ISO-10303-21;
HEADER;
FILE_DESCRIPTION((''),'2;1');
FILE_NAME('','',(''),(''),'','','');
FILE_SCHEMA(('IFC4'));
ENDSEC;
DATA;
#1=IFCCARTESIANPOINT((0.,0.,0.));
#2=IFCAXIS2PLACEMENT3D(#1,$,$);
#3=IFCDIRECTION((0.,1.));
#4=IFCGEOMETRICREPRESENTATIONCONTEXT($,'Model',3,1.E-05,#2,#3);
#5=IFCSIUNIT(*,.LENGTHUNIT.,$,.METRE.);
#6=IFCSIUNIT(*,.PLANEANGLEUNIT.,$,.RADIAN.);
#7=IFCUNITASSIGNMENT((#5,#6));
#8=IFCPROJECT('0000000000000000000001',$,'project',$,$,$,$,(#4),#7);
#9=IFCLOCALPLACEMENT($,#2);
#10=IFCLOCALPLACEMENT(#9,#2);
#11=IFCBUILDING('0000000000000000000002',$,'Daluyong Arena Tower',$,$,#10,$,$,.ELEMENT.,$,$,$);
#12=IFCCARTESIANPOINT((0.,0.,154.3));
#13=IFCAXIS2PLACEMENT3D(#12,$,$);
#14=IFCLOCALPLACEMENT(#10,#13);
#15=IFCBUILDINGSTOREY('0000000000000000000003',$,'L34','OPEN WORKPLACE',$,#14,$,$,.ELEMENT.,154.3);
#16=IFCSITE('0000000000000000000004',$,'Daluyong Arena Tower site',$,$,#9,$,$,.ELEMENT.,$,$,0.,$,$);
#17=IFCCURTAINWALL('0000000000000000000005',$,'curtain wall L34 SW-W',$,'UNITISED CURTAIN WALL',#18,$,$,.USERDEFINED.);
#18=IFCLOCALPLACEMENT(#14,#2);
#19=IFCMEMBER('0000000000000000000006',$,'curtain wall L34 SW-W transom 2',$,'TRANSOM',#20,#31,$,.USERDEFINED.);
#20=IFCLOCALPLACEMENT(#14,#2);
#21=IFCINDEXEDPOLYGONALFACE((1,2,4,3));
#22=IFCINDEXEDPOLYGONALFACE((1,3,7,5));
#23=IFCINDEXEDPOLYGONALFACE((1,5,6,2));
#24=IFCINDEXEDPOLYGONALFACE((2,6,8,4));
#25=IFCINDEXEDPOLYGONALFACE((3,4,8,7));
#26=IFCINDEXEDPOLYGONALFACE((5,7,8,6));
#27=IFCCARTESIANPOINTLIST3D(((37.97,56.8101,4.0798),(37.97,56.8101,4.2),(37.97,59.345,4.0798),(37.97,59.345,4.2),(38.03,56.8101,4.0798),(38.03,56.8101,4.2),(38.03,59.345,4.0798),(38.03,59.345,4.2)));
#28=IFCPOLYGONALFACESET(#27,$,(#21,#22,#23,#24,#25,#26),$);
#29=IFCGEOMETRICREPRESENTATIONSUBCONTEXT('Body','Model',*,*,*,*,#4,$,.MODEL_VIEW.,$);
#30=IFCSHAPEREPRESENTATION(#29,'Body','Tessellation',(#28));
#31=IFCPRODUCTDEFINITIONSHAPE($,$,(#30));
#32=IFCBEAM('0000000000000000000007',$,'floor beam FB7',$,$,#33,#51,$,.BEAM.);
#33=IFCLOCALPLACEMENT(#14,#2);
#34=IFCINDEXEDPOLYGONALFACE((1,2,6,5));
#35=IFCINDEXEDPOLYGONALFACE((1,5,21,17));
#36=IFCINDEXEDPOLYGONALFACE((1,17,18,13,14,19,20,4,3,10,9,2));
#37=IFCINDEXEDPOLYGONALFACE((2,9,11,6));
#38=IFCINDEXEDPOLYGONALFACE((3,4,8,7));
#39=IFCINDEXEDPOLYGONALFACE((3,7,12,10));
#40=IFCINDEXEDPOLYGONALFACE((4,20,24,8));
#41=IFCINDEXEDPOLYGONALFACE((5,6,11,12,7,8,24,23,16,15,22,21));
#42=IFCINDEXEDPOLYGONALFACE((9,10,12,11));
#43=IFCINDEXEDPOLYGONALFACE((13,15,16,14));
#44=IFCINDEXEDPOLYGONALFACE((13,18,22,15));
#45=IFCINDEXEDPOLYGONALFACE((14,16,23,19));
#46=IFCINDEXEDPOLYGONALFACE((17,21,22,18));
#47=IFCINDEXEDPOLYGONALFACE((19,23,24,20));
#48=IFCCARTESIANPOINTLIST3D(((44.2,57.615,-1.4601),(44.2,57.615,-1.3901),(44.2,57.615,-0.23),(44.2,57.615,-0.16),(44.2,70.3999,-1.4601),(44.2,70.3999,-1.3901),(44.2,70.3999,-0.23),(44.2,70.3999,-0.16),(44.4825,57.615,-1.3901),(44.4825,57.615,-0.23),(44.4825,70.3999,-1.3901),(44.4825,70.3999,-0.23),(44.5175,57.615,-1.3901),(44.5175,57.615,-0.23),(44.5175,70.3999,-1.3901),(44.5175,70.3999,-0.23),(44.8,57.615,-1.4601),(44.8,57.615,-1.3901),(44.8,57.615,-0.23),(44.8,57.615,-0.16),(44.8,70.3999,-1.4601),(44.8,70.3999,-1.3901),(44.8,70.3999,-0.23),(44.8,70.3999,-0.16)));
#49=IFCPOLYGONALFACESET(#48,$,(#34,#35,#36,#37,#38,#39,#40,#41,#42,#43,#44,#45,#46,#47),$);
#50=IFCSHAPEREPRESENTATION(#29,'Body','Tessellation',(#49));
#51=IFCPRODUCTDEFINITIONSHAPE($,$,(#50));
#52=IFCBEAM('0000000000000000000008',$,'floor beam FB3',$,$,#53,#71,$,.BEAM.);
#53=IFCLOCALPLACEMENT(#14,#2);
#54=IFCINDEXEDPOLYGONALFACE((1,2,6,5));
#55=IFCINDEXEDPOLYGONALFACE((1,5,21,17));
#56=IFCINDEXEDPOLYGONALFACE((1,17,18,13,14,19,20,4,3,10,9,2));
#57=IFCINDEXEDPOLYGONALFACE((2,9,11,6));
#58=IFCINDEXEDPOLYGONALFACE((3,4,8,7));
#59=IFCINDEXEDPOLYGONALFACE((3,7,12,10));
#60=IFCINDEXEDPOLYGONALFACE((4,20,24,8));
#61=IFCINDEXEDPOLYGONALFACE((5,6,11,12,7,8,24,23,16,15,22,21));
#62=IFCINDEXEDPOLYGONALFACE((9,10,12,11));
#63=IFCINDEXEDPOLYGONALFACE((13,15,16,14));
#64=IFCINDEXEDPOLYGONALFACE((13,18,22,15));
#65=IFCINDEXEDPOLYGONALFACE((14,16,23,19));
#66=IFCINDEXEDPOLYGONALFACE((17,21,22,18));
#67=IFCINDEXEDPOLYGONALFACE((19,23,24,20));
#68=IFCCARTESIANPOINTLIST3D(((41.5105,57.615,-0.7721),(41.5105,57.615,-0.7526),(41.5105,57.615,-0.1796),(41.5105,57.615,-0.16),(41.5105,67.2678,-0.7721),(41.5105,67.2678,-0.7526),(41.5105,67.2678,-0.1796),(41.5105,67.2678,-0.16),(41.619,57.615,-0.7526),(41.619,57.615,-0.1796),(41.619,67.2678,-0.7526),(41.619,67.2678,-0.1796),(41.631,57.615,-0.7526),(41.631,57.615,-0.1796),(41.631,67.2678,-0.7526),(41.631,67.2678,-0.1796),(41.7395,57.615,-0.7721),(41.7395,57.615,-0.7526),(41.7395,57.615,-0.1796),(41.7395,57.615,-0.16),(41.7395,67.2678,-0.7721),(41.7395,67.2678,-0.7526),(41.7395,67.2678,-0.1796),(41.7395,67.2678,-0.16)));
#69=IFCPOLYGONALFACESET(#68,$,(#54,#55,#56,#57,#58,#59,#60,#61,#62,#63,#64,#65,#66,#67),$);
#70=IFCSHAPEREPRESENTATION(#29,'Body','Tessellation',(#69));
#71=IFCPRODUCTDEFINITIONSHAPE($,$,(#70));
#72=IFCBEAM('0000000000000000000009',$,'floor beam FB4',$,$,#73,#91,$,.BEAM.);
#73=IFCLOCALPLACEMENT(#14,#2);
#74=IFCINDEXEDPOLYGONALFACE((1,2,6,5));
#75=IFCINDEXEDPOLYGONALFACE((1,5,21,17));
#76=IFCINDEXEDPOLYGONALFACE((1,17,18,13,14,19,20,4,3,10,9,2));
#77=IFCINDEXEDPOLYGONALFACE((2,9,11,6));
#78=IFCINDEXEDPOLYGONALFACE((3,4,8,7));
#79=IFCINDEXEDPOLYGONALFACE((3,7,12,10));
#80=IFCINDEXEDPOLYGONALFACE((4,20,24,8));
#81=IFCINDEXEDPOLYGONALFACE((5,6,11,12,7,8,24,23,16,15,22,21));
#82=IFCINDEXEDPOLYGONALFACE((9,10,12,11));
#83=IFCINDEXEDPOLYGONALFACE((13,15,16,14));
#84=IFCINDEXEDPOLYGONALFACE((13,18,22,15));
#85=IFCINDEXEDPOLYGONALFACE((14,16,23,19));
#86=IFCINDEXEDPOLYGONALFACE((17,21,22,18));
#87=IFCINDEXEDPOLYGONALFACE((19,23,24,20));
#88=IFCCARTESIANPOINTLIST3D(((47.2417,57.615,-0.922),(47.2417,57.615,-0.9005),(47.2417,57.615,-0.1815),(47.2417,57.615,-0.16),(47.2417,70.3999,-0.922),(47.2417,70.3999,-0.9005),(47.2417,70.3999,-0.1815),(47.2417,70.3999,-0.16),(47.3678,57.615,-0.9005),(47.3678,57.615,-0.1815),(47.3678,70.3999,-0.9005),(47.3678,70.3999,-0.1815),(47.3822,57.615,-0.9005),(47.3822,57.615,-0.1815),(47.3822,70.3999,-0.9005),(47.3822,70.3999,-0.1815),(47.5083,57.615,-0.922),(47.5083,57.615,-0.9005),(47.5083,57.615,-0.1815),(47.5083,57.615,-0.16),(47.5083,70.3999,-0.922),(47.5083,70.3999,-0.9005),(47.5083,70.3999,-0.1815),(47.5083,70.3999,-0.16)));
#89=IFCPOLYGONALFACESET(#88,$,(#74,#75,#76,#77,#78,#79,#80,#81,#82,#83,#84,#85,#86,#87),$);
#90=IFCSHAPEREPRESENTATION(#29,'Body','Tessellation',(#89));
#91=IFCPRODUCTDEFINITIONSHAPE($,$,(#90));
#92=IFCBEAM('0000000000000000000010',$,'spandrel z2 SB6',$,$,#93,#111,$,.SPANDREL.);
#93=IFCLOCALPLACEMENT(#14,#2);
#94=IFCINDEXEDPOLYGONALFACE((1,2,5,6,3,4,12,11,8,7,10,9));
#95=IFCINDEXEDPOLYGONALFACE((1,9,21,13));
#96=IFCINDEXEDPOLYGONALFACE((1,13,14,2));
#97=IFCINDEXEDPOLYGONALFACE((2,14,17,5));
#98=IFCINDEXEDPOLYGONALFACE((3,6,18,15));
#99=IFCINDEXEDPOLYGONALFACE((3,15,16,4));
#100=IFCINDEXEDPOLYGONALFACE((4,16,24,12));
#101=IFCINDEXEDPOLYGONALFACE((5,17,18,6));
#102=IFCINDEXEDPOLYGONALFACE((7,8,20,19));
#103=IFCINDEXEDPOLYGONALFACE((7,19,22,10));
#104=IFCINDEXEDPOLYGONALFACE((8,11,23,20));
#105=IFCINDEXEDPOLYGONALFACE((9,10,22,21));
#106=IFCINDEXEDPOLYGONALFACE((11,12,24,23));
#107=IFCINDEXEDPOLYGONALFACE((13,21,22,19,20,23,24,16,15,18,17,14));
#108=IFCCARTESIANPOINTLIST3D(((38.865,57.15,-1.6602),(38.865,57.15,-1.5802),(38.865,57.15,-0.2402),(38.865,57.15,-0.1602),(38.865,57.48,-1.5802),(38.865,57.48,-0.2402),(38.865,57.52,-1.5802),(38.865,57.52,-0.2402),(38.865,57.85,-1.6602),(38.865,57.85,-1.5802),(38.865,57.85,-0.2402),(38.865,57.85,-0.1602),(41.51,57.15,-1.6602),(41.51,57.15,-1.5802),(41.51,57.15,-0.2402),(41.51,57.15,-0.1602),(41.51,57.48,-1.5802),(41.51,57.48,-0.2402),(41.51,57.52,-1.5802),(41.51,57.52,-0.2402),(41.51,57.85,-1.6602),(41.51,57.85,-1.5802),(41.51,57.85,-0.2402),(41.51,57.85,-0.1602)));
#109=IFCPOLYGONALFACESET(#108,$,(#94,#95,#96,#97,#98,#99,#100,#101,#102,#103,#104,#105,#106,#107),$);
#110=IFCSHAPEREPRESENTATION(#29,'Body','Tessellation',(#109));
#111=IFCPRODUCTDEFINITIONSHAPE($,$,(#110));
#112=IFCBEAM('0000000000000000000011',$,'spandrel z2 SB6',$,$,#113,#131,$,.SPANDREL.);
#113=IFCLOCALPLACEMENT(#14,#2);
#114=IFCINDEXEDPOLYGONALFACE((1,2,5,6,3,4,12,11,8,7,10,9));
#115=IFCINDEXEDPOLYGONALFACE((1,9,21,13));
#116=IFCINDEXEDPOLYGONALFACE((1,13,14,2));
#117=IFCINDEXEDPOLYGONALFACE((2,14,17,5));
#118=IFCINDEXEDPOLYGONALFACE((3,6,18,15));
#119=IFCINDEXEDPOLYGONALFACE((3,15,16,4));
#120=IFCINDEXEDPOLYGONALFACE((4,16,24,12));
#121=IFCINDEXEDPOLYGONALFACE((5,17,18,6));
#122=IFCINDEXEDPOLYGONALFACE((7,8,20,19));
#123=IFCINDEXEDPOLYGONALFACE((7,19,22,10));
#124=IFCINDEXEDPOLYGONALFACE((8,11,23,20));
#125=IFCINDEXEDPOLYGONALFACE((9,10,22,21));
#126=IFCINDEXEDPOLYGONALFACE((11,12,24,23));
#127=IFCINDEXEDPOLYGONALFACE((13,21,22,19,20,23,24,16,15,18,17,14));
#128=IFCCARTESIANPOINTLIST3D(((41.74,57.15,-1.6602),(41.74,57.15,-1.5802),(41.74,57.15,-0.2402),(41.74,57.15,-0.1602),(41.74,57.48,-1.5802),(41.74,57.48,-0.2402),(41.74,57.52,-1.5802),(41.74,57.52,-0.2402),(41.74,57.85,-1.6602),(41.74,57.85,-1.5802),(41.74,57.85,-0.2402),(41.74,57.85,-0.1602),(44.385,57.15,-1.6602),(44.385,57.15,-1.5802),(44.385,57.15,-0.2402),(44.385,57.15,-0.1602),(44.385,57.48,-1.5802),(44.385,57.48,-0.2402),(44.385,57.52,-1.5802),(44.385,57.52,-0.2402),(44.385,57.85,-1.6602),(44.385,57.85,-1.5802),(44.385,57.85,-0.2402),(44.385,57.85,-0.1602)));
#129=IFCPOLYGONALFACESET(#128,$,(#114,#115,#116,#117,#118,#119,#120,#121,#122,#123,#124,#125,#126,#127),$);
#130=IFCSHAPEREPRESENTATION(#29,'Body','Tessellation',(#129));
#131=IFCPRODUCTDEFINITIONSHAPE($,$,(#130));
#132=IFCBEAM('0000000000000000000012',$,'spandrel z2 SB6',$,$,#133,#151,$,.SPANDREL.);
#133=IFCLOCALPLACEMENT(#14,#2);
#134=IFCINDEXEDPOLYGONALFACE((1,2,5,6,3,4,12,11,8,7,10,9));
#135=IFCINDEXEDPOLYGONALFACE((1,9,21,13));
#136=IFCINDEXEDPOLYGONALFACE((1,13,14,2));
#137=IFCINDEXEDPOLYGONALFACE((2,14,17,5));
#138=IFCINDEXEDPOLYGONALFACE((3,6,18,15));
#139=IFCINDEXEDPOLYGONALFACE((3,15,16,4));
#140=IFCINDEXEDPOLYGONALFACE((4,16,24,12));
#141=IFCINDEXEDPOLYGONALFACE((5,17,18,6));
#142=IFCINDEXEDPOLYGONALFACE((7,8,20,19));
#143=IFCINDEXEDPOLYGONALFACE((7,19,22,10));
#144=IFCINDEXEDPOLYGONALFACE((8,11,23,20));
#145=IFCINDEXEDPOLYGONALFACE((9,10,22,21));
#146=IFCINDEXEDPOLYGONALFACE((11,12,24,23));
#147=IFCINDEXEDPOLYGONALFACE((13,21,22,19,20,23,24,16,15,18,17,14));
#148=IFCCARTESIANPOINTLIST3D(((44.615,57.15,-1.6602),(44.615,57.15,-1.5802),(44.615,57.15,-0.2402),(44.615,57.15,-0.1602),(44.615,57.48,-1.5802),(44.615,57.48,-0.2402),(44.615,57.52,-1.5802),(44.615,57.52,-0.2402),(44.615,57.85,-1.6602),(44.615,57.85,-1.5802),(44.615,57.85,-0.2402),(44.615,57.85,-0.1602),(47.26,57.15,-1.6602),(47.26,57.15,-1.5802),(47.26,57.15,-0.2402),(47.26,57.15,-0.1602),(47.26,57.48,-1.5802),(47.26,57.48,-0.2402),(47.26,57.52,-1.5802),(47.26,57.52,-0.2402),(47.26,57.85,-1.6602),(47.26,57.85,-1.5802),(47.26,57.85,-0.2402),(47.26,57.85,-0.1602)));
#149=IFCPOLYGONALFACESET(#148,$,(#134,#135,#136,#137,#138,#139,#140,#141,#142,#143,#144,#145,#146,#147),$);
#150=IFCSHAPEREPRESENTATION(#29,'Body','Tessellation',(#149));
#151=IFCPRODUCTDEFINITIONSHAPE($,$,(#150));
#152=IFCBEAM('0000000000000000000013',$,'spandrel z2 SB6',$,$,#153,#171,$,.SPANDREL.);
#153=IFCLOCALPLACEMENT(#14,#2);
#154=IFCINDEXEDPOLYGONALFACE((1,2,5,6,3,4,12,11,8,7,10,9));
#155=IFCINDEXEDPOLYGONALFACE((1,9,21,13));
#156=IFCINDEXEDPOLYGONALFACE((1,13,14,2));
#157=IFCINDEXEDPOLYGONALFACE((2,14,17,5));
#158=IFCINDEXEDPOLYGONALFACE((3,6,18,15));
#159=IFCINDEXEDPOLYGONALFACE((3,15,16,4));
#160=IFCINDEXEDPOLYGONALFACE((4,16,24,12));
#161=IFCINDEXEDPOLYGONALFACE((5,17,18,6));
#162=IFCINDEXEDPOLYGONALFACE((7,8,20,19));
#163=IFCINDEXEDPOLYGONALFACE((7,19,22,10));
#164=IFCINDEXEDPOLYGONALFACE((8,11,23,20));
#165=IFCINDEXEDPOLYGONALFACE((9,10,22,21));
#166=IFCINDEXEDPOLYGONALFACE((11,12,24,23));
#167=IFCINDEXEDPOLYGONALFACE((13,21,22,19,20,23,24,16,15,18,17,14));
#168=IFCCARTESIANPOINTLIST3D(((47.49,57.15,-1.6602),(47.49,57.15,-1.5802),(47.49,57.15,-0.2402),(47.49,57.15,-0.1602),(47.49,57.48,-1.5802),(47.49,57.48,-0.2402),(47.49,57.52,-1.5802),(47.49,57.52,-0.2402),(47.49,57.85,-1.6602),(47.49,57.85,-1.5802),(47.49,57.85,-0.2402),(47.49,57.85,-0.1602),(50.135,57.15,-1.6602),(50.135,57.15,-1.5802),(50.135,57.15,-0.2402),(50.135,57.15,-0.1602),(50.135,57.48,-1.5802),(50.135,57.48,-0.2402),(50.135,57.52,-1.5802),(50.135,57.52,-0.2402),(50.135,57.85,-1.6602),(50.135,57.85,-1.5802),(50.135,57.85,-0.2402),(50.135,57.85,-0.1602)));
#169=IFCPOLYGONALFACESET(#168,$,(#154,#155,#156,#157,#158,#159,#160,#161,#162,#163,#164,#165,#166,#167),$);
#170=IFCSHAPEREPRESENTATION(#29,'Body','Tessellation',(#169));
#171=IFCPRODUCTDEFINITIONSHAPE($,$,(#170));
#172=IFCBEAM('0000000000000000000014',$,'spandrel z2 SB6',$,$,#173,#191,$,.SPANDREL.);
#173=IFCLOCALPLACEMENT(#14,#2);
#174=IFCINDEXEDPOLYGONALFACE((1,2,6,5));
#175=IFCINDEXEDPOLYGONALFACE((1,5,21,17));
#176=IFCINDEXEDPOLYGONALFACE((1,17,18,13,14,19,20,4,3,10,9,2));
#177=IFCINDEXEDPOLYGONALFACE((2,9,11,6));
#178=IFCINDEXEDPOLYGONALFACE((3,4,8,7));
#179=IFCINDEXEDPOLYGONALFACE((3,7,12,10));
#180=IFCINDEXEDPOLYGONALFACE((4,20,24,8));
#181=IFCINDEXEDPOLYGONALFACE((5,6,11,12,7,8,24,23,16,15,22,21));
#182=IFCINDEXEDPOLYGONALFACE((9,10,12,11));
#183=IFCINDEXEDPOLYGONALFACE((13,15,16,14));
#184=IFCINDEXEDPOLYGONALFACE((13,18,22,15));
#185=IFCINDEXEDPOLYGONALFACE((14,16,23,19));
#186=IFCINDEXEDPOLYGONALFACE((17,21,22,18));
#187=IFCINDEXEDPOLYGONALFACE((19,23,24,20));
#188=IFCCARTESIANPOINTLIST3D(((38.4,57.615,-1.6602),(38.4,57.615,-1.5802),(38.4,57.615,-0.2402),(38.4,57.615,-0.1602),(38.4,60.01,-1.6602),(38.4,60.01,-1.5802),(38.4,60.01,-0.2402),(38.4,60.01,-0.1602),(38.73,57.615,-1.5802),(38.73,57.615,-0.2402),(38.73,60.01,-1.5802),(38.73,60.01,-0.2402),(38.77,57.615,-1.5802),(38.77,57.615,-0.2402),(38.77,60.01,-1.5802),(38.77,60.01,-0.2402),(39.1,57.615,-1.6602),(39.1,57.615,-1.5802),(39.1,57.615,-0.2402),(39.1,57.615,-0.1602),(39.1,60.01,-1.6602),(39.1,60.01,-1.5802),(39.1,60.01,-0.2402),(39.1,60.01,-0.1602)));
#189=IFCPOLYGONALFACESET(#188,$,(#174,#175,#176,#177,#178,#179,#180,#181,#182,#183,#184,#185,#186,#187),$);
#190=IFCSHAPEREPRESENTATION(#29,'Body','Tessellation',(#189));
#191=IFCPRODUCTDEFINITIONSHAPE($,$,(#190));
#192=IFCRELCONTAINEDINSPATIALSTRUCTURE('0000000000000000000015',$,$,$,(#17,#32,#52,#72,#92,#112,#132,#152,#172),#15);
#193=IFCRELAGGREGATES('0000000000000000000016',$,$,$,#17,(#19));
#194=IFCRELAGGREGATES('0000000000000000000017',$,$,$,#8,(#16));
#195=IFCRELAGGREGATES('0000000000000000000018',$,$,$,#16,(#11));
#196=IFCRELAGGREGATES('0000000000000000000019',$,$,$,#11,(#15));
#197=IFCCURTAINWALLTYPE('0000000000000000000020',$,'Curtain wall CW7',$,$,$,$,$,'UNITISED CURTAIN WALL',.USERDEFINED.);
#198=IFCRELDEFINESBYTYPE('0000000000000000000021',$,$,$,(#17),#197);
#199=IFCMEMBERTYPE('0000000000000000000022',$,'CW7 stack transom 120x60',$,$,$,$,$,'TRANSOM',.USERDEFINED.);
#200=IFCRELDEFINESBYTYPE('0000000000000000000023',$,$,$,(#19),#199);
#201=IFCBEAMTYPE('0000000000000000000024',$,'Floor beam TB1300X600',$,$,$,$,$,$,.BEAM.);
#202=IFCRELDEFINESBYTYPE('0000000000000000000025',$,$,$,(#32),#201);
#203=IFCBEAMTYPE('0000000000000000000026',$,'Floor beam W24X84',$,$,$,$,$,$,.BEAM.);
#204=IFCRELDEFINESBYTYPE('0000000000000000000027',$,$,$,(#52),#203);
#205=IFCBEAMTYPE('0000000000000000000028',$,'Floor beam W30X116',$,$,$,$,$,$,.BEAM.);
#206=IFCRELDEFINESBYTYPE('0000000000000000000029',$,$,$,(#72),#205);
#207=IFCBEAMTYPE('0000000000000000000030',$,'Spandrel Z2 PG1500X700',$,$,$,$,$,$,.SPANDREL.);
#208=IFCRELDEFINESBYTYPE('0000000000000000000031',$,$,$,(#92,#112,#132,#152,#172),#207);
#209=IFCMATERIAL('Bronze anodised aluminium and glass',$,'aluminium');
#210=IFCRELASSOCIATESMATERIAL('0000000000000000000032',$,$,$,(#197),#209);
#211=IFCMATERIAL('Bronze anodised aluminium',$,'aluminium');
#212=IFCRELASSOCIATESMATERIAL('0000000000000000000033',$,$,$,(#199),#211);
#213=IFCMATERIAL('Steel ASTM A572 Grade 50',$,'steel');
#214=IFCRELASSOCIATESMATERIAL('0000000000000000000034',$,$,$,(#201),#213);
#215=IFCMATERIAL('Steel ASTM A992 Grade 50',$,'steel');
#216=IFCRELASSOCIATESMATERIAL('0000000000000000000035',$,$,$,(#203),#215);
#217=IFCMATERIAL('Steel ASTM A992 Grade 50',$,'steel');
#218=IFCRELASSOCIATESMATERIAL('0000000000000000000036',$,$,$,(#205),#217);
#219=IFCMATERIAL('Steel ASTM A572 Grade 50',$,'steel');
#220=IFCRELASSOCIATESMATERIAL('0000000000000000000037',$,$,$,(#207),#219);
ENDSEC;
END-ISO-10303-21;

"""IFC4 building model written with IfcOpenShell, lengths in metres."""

from ifc_helpers import new_model, si_unit, direction, frame, origin, origin_2d, place, context, subcontext, project, spatial, rectangle, i_section, extrude, material, material_profile, profile_set, type_object, element, aggregate, save


model = new_model("IFC4")

# Units and contexts
model_context = context("Model", 3, precision=1e-05, world=origin(), true_north=direction((0.0, 1.0)))
body_context = subcontext(model_context, "Body", "Model", "MODEL_VIEW")
ifc_project = project(units=[si_unit("LENGTHUNIT", "METRE"), si_unit("PLANEANGLEUNIT", "RADIAN")], contexts=[model_context])

# Site, building, storey
site_placement = place(None, origin())
site = spatial("IfcSite", under=ifc_project, at=site_placement, Name="Daluyong Arena Tower site", CompositionType="ELEMENT", RefElevation=0.0)
building_placement = place(site_placement, origin())
building = spatial("IfcBuilding", under=site, at=building_placement, Name="Daluyong Arena Tower", CompositionType="ELEMENT")
storey_placement = place(building_placement, frame((0.0, 0.0, 154.3)))
storey = spatial("IfcBuildingStorey", under=building, at=storey_placement, Name="L34", Description="OPEN WORKPLACE", CompositionType="ELEMENT", Elevation=154.3)

# Curtain wall, member
ifc_material_1 = material(Name="Bronze anodised aluminium and glass", Category="aluminium")
curtain_wall_type_1 = type_object("IfcCurtainWallType", Name="Curtain wall CW7", ElementType="UNITISED CURTAIN WALL", PredefinedType="USERDEFINED", material=ifc_material_1)
curtain_wall_1_placement = place(storey_placement, origin())
curtain_wall_1 = element("IfcCurtainWall", 1, at=curtain_wall_1_placement, inside=storey, type_object=curtain_wall_type_1, Name="curtain wall L34 SW-W", ObjectType="UNITISED CURTAIN WALL", PredefinedType="USERDEFINED")
ifc_material_2 = material(Name="Bronze anodised aluminium", Category="aluminium")
ifc_material_profile_1 = material_profile(ifc_material_2, rectangle(XDim=0.0601, YDim=0.1201, at=origin_2d()))
ifc_profile_set_1 = profile_set([ifc_material_profile_1], Name="Bronze anodised aluminium")
member_type_1 = type_object("IfcMemberType", Name="CW7 stack transom 120x60", ElementType="TRANSOM", PredefinedType="USERDEFINED", material=ifc_profile_set_1)
member_1_placement = place(storey_placement, frame((38.0, 59.345, 4.1399), z_axis=(0.0, -1.0, 0.0), x_axis=(1.0, 0.0, 0.0)))
member_1 = element("IfcMember", 2, at=member_1_placement, type_object=member_type_1, Name="curtain wall L34 SW-W transom 2", ObjectType="TRANSOM", PredefinedType="USERDEFINED", context=body_context, shape_type="SweptSolid", body=[
    extrude(rectangle(XDim=0.0601, YDim=0.1201, at=origin_2d()), origin(), (0.0, 0.0, 1.0), 2.5349),
])

# Beams
ifc_material_3 = material(Name="Steel ASTM A572 Grade 50", Category="steel")
ifc_material_profile_2 = material_profile(ifc_material_3, i_section(OverallWidth=0.6001, OverallDepth=1.3, WebThickness=0.035, FlangeThickness=0.07, at=origin_2d()))
ifc_profile_set_2 = profile_set([ifc_material_profile_2], Name="Steel ASTM A572 Grade 50")
beam_type_1 = type_object("IfcBeamType", Name="Floor beam TB1300X600", PredefinedType="BEAM", material=ifc_profile_set_2)
beam_1_placement = place(storey_placement, frame((44.5, 57.615, -0.8101), z_axis=(0.0, 1.0, 0.0), x_axis=(-1.0, 0.0, 0.0)))
element("IfcBeam", 3, at=beam_1_placement, inside=storey, type_object=beam_type_1, Name="floor beam FB7", PredefinedType="BEAM", context=body_context, shape_type="SweptSolid", body=[
    extrude(i_section(OverallWidth=0.6001, OverallDepth=1.3, WebThickness=0.035, FlangeThickness=0.07, at=origin_2d()), origin(), (0.0, 0.0, 1.0), 12.7849),
])
ifc_material_4 = material(Name="Steel ASTM A992 Grade 50", Category="steel")
ifc_material_profile_3 = material_profile(ifc_material_4, i_section(OverallWidth=0.229, OverallDepth=0.6121, WebThickness=0.012, FlangeThickness=0.0195, at=origin_2d()))
ifc_profile_set_3 = profile_set([ifc_material_profile_3], Name="Steel ASTM A992 Grade 50")
beam_type_2 = type_object("IfcBeamType", Name="Floor beam W24X84", PredefinedType="BEAM", material=ifc_profile_set_3)
beam_2_placement = place(storey_placement, frame((41.625, 57.615, -0.4661), z_axis=(0.0, 1.0, 0.0), x_axis=(-1.0, 0.0, 0.0)))
element("IfcBeam", 4, at=beam_2_placement, inside=storey, type_object=beam_type_2, Name="floor beam FB3", PredefinedType="BEAM", context=body_context, shape_type="SweptSolid", body=[
    extrude(i_section(OverallWidth=0.229, OverallDepth=0.6121, WebThickness=0.012, FlangeThickness=0.0195, at=origin_2d()), origin(), (0.0, 0.0, 1.0), 9.6528),
])
ifc_material_5 = material(Name="Steel ASTM A992 Grade 50", Category="steel")
ifc_material_profile_4 = material_profile(ifc_material_5, i_section(OverallWidth=0.2666, OverallDepth=0.762, WebThickness=0.0144, FlangeThickness=0.0215, at=origin_2d()))
ifc_profile_set_4 = profile_set([ifc_material_profile_4], Name="Steel ASTM A992 Grade 50")
beam_type_3 = type_object("IfcBeamType", Name="Floor beam W30X116", PredefinedType="BEAM", material=ifc_profile_set_4)
beam_3_placement = place(storey_placement, frame((47.375, 57.615, -0.541), z_axis=(0.0, 1.0, 0.0), x_axis=(-1.0, 0.0, 0.0)))
element("IfcBeam", 5, at=beam_3_placement, inside=storey, type_object=beam_type_3, Name="floor beam FB4", PredefinedType="BEAM", context=body_context, shape_type="SweptSolid", body=[
    extrude(i_section(OverallWidth=0.2666, OverallDepth=0.762, WebThickness=0.0144, FlangeThickness=0.0215, at=origin_2d()), origin(), (0.0, 0.0, 1.0), 12.7849),
])
ifc_material_6 = material(Name="Steel ASTM A572 Grade 50", Category="steel")
ifc_material_profile_5 = material_profile(ifc_material_6, i_section(OverallWidth=0.7, OverallDepth=1.5, WebThickness=0.04, FlangeThickness=0.08, at=origin_2d()))
ifc_profile_set_5 = profile_set([ifc_material_profile_5], Name="Steel ASTM A572 Grade 50")
beam_type_4 = type_object("IfcBeamType", Name="Spandrel Z2 PG1500X700", PredefinedType="SPANDREL", material=ifc_profile_set_5)
for number, where, z_axis, x_axis, name in (
    (6, (38.865, 57.5, -0.9102), (1.0, 0.0, 0.0), (0.0, 1.0, 0.0), "spandrel z2 SB6"),
    (7, (41.74, 57.5, -0.9102), (1.0, 0.0, 0.0), (0.0, 1.0, 0.0), "spandrel z2 SB6"),
    (8, (44.615, 57.5, -0.9102), (1.0, 0.0, 0.0), (0.0, 1.0, 0.0), "spandrel z2 SB6"),
    (9, (47.49, 57.5, -0.9102), (1.0, 0.0, 0.0), (0.0, 1.0, 0.0), "spandrel z2 SB6"),
):
    element("IfcBeam", number, at=place(storey_placement, frame(where, z_axis=z_axis, x_axis=x_axis)), inside=storey, type_object=beam_type_4, Name=name, PredefinedType="SPANDREL", context=body_context, shape_type="SweptSolid", body=[
        extrude(i_section(OverallWidth=0.7, OverallDepth=1.5, WebThickness=0.04, FlangeThickness=0.08, at=origin_2d()), origin(), (0.0, 0.0, 1.0), 2.645),
    ])
beam_4_placement = place(storey_placement, frame((38.75, 60.01, -0.9102), z_axis=(0.0, -1.0, 0.0), x_axis=(1.0, 0.0, 0.0)))
element("IfcBeam", 10, at=beam_4_placement, inside=storey, type_object=beam_type_4, Name="spandrel z2 SB6", PredefinedType="SPANDREL", context=body_context, shape_type="SweptSolid", body=[
    extrude(i_section(OverallWidth=0.7, OverallDepth=1.5, WebThickness=0.04, FlangeThickness=0.08, at=origin_2d()), origin(), (0.0, 0.0, 1.0), 2.395),
])

aggregate(curtain_wall_1, [member_1])

save(model, "model.ifc")
